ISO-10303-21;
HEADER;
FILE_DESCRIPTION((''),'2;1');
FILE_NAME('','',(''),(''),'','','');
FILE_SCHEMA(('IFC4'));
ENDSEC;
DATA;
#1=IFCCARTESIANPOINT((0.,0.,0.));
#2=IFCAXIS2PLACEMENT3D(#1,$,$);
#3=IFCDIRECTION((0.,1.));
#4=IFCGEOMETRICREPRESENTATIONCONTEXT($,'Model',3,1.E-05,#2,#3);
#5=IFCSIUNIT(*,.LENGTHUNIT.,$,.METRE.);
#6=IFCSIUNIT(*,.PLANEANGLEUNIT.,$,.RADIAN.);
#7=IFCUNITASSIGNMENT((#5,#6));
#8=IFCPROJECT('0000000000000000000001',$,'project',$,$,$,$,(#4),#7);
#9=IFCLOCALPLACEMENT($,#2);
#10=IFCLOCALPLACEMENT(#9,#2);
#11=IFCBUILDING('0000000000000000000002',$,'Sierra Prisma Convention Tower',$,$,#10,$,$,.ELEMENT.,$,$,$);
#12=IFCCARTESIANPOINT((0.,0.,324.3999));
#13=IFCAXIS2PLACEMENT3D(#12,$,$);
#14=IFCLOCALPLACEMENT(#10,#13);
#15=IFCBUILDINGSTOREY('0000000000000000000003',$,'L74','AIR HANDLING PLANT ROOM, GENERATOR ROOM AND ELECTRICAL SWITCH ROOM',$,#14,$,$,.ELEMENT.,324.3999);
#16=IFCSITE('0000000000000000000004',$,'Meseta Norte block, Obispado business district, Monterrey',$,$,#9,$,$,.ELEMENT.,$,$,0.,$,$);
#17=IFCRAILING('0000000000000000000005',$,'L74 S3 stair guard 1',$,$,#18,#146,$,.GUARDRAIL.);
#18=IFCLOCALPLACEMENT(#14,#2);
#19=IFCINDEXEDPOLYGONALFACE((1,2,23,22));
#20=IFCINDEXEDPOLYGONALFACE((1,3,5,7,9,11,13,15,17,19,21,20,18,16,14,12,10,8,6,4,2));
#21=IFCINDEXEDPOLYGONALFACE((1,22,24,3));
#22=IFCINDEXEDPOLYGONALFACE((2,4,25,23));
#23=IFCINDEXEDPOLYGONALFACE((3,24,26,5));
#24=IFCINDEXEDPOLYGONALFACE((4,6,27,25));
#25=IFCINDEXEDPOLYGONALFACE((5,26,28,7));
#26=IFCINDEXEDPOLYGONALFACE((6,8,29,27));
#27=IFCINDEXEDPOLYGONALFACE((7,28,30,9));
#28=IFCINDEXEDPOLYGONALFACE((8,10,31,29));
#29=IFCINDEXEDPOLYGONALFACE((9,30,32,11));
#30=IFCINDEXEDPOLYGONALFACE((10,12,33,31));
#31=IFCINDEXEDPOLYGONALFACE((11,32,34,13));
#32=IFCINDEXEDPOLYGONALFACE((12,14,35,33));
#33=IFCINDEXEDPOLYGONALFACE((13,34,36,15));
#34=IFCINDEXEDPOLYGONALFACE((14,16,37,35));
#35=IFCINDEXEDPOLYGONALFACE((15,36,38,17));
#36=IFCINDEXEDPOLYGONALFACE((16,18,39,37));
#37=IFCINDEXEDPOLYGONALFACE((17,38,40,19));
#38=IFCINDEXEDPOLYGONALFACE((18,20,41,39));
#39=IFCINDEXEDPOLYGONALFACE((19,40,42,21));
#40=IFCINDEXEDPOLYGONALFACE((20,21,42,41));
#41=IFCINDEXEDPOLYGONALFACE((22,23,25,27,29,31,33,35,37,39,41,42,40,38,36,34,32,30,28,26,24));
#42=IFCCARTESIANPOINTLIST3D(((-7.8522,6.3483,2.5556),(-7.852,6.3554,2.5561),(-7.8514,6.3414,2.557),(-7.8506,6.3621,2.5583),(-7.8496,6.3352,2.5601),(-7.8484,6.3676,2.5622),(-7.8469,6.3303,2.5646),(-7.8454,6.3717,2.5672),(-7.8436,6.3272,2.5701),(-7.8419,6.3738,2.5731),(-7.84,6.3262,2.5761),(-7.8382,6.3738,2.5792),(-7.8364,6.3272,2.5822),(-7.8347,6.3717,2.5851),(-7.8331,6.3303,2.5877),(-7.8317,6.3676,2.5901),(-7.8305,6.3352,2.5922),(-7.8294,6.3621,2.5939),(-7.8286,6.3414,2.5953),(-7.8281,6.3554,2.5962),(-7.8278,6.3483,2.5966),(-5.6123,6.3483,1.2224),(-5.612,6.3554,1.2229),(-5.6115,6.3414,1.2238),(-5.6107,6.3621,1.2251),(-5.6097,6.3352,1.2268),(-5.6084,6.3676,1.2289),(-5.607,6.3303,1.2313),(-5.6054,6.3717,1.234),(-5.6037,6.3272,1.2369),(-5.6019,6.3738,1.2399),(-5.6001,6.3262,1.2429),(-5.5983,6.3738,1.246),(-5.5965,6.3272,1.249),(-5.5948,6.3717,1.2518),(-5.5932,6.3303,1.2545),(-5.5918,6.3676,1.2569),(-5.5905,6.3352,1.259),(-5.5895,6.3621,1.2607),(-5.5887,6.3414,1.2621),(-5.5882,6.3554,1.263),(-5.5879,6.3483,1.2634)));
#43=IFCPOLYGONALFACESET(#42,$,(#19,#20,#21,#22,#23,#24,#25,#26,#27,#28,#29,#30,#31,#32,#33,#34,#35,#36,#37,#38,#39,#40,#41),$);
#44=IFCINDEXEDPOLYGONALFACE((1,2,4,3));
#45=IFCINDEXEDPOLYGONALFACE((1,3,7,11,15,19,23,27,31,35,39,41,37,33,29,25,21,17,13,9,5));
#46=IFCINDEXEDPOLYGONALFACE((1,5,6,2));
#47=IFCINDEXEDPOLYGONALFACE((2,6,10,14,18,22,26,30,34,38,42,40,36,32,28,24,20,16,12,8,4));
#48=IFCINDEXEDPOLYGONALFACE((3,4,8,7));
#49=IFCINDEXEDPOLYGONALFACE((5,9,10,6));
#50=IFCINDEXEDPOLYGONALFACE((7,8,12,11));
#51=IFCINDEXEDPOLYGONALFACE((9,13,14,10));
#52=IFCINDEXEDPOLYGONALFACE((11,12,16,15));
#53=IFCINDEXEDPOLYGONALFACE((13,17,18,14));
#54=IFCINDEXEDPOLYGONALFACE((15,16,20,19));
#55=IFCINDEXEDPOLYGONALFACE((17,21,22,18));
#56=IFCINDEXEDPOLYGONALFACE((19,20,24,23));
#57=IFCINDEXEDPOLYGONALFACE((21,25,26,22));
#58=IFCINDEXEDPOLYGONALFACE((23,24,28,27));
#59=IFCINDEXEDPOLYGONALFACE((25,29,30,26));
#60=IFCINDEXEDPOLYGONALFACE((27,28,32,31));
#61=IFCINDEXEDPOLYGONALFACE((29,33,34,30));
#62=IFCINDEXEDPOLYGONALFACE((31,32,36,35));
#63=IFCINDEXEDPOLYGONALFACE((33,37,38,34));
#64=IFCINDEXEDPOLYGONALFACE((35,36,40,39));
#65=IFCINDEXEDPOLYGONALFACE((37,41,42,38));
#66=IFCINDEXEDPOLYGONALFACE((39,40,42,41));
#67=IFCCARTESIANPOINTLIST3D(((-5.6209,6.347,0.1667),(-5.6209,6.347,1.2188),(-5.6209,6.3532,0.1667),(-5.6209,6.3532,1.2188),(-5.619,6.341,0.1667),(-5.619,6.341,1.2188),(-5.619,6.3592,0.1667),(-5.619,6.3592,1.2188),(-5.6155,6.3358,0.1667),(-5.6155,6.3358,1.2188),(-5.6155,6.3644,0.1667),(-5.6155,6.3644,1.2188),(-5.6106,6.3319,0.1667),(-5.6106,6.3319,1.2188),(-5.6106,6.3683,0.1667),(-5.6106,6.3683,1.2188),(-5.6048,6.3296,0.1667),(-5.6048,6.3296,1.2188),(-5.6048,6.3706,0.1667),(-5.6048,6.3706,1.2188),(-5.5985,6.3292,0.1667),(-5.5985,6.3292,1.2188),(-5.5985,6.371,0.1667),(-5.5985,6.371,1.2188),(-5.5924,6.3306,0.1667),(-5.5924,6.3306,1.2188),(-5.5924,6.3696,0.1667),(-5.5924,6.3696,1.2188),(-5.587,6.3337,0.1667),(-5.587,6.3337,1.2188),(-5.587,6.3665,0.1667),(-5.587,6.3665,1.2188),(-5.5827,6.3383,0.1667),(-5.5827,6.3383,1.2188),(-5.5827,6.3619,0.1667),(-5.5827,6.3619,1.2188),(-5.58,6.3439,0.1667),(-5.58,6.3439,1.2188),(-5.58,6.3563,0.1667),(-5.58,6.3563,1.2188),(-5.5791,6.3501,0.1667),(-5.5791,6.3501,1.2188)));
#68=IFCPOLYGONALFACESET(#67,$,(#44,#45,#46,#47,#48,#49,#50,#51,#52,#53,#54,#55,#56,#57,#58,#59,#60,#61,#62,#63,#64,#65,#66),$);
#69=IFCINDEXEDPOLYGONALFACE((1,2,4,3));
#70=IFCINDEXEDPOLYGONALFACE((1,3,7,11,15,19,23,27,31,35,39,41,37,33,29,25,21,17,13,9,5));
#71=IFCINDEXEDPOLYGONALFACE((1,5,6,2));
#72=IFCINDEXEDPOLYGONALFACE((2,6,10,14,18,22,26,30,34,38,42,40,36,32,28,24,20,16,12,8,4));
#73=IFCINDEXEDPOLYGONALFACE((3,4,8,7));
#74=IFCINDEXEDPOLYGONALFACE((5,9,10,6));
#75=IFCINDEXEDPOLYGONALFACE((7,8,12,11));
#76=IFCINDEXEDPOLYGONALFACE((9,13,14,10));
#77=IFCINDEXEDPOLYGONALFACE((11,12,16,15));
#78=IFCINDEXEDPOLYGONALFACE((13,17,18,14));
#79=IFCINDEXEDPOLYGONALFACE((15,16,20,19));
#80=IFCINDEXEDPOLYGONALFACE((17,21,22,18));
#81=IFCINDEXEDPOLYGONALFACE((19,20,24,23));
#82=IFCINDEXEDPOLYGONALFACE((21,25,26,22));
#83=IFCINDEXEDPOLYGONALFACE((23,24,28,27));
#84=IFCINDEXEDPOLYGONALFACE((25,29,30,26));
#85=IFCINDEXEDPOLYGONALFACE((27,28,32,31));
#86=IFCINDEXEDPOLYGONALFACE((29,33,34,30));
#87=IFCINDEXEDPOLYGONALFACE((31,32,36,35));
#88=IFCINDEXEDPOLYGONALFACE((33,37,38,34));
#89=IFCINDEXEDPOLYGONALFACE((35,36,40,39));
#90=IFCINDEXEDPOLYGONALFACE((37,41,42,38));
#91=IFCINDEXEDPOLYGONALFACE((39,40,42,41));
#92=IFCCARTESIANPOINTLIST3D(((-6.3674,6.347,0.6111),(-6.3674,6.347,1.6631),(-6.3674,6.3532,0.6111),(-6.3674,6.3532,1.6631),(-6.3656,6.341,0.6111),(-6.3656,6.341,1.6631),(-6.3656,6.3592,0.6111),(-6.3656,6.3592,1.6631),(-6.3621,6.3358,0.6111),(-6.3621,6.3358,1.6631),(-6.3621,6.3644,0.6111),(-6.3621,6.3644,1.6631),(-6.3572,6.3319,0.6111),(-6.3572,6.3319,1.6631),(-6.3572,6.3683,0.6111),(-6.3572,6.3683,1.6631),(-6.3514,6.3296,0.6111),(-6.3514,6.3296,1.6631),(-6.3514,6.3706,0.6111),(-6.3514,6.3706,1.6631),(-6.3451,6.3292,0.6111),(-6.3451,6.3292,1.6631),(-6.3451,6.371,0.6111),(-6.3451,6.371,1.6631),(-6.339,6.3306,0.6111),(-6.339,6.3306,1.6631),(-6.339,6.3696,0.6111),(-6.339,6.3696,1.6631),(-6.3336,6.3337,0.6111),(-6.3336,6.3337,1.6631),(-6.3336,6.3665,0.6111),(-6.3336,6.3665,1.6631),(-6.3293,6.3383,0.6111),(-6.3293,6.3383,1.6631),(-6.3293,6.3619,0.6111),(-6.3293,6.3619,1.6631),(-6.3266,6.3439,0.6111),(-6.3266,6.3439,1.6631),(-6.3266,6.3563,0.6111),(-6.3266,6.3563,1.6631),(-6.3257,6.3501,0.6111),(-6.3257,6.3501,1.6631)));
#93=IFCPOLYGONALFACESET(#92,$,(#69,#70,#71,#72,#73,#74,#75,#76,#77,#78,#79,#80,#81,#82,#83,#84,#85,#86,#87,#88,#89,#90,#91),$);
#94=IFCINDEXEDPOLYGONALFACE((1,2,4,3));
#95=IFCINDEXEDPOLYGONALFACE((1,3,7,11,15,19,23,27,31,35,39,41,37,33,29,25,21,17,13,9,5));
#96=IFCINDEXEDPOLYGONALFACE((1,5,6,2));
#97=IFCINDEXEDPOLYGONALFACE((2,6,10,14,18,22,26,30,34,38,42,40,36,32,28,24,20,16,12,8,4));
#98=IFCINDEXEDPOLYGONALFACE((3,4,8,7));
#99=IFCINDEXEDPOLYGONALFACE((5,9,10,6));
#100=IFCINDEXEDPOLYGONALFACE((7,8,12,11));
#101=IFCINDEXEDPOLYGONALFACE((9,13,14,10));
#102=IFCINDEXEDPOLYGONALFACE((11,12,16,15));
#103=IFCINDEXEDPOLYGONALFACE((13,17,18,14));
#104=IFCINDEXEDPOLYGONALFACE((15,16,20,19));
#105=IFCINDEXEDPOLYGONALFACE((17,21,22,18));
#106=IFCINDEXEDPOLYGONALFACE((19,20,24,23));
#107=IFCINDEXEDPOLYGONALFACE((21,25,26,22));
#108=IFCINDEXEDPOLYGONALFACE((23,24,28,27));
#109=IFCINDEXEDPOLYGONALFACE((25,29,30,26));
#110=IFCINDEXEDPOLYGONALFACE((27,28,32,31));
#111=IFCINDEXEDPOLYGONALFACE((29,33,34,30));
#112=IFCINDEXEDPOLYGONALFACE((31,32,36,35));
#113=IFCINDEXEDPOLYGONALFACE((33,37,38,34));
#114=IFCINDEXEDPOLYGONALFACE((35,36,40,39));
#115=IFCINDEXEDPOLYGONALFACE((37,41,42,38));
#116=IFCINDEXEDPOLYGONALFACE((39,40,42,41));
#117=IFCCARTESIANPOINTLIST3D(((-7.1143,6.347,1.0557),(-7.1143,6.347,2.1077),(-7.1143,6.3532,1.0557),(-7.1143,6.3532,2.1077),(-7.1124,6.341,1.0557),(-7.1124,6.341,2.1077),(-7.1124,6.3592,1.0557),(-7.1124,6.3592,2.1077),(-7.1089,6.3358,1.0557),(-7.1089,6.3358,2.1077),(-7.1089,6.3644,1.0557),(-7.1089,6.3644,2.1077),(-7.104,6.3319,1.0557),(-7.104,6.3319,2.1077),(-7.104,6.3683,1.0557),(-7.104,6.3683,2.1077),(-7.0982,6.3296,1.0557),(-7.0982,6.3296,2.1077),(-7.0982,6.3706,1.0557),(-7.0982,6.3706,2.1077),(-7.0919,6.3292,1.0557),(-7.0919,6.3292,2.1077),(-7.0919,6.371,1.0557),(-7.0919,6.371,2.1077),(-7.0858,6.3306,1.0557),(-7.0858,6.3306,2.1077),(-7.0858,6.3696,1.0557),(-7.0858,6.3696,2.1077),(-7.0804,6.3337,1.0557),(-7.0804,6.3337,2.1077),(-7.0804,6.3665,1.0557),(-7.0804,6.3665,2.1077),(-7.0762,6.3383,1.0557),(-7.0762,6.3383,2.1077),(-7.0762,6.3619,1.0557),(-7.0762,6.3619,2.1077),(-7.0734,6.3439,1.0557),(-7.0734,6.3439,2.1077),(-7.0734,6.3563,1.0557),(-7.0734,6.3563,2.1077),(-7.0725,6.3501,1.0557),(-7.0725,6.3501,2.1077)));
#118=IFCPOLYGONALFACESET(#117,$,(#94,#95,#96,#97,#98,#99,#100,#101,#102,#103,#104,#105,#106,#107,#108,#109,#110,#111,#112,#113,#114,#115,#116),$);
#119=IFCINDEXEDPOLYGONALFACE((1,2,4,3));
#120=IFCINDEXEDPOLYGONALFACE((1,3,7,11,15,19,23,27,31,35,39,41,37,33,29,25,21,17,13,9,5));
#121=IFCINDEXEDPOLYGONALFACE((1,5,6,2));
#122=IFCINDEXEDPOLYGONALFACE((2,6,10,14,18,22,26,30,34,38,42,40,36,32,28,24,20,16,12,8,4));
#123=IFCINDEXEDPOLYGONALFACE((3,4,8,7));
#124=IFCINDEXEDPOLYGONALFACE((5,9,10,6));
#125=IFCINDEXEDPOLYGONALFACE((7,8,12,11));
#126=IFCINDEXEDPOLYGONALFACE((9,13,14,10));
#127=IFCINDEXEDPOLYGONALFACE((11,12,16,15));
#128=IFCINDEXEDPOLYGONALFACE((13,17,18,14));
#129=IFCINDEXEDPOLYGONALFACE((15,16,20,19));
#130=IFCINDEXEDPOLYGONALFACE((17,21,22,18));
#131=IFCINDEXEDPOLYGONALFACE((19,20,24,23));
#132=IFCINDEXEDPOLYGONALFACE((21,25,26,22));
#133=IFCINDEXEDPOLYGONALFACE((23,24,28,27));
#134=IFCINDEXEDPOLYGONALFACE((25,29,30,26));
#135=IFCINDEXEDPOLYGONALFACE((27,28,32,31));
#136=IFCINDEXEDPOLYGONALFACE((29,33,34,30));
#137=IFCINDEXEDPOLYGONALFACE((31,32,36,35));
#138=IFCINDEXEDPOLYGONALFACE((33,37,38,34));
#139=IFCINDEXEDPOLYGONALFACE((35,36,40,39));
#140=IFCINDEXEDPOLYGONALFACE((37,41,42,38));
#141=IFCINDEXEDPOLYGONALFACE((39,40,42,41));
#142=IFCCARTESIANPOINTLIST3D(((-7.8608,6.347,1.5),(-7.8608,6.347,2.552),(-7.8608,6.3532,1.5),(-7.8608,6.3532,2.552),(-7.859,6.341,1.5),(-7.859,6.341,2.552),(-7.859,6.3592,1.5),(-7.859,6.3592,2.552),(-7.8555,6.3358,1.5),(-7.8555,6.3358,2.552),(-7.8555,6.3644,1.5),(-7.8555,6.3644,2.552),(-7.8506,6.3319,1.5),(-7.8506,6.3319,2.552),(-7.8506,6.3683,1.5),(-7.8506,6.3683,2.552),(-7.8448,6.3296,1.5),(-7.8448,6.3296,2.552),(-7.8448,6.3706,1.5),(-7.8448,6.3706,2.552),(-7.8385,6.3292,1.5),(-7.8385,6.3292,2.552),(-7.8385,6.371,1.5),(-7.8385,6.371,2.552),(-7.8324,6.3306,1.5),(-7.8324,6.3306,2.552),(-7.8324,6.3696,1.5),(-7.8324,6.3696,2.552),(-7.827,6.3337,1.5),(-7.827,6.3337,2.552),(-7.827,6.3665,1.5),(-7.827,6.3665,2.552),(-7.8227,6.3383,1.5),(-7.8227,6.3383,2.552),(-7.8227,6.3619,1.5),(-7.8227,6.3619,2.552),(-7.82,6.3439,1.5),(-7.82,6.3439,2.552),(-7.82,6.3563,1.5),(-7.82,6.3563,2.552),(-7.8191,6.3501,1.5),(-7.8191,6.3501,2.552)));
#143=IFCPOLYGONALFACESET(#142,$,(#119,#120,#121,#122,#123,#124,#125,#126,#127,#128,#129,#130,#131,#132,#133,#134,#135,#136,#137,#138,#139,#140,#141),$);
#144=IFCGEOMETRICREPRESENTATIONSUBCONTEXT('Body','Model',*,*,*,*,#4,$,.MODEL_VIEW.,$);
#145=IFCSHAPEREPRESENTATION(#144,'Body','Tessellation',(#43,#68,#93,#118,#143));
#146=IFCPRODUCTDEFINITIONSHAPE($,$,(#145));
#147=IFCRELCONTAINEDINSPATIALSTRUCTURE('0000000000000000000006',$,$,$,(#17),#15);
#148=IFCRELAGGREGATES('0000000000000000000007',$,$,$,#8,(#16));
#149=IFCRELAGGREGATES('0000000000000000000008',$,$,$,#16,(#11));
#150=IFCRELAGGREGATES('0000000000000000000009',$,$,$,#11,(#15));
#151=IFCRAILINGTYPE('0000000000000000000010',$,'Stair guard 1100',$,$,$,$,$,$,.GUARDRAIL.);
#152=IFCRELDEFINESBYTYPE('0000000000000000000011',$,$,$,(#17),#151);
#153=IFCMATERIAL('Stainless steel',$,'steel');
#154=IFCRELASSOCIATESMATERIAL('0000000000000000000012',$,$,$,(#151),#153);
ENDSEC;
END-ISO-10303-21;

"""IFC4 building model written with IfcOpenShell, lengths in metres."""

from ifc_helpers import new_model, si_unit, direction, frame, origin, origin_2d, place, context, subcontext, project, spatial, circle, extrude, material, type_object, element, save


model = new_model("IFC4")

# Units and contexts
model_context = context("Model", 3, precision=1e-05, world=origin(), true_north=direction((0.0, 1.0)))
body_context = subcontext(model_context, "Body", "Model", "MODEL_VIEW")
ifc_project = project(units=[si_unit("LENGTHUNIT", "METRE"), si_unit("PLANEANGLEUNIT", "RADIAN")], contexts=[model_context])

# Site, building, storey
site_placement = place(None, origin())
site = spatial("IfcSite", under=ifc_project, at=site_placement, Name="Meseta Norte block, Obispado business district, Monterrey", CompositionType="ELEMENT", RefElevation=0.0)
building_placement = place(site_placement, origin())
building = spatial("IfcBuilding", under=site, at=building_placement, Name="Sierra Prisma Convention Tower", CompositionType="ELEMENT")
storey_placement = place(building_placement, frame((0.0, 0.0, 324.3999)))
storey = spatial("IfcBuildingStorey", under=building, at=storey_placement, Name="L74", Description="AIR HANDLING PLANT ROOM, GENERATOR ROOM AND ELECTRICAL SWITCH ROOM", CompositionType="ELEMENT", Elevation=324.3999)

# Railing
ifc_material_1 = material(Name="Stainless steel", Category="steel")
railing_type_1 = type_object("IfcRailingType", Name="Stair guard 1100", PredefinedType="GUARDRAIL", material=ifc_material_1)
railing_1_placement = place(storey_placement, frame((-5.6001, 6.3501, 0.1667)))
element("IfcRailing", 1, at=railing_1_placement, inside=storey, type_object=railing_type_1, Name="L74 S3 stair guard 1", PredefinedType="GUARDRAIL", context=body_context, shape_type="SweptSolid", body=[
    extrude(circle(Radius=0.0239, at=origin_2d()), frame((0.0, 0.0, 1.0762), z_axis=(-0.859306, 0.0, 0.511462), x_axis=(0.0, -1.0, 0.0)), (0.0, 0.0, 1.0), 2.6067),
    extrude(circle(Radius=0.021, at=origin_2d()), origin(), (0.0, 0.0, 1.0), 1.052),
    extrude(circle(Radius=0.021, at=origin_2d()), frame((-0.7466, 0.0, 0.4443)), (0.0, 0.0, 1.0), 1.052),
    extrude(circle(Radius=0.021, at=origin_2d()), frame((-1.4934, 0.0, 0.8889)), (0.0, 0.0, 1.0), 1.052),
    extrude(circle(Radius=0.021, at=origin_2d()), frame((-2.24, 0.0, 1.3333)), (0.0, 0.0, 1.0), 1.052),
])

save(model, "model.ifc")
